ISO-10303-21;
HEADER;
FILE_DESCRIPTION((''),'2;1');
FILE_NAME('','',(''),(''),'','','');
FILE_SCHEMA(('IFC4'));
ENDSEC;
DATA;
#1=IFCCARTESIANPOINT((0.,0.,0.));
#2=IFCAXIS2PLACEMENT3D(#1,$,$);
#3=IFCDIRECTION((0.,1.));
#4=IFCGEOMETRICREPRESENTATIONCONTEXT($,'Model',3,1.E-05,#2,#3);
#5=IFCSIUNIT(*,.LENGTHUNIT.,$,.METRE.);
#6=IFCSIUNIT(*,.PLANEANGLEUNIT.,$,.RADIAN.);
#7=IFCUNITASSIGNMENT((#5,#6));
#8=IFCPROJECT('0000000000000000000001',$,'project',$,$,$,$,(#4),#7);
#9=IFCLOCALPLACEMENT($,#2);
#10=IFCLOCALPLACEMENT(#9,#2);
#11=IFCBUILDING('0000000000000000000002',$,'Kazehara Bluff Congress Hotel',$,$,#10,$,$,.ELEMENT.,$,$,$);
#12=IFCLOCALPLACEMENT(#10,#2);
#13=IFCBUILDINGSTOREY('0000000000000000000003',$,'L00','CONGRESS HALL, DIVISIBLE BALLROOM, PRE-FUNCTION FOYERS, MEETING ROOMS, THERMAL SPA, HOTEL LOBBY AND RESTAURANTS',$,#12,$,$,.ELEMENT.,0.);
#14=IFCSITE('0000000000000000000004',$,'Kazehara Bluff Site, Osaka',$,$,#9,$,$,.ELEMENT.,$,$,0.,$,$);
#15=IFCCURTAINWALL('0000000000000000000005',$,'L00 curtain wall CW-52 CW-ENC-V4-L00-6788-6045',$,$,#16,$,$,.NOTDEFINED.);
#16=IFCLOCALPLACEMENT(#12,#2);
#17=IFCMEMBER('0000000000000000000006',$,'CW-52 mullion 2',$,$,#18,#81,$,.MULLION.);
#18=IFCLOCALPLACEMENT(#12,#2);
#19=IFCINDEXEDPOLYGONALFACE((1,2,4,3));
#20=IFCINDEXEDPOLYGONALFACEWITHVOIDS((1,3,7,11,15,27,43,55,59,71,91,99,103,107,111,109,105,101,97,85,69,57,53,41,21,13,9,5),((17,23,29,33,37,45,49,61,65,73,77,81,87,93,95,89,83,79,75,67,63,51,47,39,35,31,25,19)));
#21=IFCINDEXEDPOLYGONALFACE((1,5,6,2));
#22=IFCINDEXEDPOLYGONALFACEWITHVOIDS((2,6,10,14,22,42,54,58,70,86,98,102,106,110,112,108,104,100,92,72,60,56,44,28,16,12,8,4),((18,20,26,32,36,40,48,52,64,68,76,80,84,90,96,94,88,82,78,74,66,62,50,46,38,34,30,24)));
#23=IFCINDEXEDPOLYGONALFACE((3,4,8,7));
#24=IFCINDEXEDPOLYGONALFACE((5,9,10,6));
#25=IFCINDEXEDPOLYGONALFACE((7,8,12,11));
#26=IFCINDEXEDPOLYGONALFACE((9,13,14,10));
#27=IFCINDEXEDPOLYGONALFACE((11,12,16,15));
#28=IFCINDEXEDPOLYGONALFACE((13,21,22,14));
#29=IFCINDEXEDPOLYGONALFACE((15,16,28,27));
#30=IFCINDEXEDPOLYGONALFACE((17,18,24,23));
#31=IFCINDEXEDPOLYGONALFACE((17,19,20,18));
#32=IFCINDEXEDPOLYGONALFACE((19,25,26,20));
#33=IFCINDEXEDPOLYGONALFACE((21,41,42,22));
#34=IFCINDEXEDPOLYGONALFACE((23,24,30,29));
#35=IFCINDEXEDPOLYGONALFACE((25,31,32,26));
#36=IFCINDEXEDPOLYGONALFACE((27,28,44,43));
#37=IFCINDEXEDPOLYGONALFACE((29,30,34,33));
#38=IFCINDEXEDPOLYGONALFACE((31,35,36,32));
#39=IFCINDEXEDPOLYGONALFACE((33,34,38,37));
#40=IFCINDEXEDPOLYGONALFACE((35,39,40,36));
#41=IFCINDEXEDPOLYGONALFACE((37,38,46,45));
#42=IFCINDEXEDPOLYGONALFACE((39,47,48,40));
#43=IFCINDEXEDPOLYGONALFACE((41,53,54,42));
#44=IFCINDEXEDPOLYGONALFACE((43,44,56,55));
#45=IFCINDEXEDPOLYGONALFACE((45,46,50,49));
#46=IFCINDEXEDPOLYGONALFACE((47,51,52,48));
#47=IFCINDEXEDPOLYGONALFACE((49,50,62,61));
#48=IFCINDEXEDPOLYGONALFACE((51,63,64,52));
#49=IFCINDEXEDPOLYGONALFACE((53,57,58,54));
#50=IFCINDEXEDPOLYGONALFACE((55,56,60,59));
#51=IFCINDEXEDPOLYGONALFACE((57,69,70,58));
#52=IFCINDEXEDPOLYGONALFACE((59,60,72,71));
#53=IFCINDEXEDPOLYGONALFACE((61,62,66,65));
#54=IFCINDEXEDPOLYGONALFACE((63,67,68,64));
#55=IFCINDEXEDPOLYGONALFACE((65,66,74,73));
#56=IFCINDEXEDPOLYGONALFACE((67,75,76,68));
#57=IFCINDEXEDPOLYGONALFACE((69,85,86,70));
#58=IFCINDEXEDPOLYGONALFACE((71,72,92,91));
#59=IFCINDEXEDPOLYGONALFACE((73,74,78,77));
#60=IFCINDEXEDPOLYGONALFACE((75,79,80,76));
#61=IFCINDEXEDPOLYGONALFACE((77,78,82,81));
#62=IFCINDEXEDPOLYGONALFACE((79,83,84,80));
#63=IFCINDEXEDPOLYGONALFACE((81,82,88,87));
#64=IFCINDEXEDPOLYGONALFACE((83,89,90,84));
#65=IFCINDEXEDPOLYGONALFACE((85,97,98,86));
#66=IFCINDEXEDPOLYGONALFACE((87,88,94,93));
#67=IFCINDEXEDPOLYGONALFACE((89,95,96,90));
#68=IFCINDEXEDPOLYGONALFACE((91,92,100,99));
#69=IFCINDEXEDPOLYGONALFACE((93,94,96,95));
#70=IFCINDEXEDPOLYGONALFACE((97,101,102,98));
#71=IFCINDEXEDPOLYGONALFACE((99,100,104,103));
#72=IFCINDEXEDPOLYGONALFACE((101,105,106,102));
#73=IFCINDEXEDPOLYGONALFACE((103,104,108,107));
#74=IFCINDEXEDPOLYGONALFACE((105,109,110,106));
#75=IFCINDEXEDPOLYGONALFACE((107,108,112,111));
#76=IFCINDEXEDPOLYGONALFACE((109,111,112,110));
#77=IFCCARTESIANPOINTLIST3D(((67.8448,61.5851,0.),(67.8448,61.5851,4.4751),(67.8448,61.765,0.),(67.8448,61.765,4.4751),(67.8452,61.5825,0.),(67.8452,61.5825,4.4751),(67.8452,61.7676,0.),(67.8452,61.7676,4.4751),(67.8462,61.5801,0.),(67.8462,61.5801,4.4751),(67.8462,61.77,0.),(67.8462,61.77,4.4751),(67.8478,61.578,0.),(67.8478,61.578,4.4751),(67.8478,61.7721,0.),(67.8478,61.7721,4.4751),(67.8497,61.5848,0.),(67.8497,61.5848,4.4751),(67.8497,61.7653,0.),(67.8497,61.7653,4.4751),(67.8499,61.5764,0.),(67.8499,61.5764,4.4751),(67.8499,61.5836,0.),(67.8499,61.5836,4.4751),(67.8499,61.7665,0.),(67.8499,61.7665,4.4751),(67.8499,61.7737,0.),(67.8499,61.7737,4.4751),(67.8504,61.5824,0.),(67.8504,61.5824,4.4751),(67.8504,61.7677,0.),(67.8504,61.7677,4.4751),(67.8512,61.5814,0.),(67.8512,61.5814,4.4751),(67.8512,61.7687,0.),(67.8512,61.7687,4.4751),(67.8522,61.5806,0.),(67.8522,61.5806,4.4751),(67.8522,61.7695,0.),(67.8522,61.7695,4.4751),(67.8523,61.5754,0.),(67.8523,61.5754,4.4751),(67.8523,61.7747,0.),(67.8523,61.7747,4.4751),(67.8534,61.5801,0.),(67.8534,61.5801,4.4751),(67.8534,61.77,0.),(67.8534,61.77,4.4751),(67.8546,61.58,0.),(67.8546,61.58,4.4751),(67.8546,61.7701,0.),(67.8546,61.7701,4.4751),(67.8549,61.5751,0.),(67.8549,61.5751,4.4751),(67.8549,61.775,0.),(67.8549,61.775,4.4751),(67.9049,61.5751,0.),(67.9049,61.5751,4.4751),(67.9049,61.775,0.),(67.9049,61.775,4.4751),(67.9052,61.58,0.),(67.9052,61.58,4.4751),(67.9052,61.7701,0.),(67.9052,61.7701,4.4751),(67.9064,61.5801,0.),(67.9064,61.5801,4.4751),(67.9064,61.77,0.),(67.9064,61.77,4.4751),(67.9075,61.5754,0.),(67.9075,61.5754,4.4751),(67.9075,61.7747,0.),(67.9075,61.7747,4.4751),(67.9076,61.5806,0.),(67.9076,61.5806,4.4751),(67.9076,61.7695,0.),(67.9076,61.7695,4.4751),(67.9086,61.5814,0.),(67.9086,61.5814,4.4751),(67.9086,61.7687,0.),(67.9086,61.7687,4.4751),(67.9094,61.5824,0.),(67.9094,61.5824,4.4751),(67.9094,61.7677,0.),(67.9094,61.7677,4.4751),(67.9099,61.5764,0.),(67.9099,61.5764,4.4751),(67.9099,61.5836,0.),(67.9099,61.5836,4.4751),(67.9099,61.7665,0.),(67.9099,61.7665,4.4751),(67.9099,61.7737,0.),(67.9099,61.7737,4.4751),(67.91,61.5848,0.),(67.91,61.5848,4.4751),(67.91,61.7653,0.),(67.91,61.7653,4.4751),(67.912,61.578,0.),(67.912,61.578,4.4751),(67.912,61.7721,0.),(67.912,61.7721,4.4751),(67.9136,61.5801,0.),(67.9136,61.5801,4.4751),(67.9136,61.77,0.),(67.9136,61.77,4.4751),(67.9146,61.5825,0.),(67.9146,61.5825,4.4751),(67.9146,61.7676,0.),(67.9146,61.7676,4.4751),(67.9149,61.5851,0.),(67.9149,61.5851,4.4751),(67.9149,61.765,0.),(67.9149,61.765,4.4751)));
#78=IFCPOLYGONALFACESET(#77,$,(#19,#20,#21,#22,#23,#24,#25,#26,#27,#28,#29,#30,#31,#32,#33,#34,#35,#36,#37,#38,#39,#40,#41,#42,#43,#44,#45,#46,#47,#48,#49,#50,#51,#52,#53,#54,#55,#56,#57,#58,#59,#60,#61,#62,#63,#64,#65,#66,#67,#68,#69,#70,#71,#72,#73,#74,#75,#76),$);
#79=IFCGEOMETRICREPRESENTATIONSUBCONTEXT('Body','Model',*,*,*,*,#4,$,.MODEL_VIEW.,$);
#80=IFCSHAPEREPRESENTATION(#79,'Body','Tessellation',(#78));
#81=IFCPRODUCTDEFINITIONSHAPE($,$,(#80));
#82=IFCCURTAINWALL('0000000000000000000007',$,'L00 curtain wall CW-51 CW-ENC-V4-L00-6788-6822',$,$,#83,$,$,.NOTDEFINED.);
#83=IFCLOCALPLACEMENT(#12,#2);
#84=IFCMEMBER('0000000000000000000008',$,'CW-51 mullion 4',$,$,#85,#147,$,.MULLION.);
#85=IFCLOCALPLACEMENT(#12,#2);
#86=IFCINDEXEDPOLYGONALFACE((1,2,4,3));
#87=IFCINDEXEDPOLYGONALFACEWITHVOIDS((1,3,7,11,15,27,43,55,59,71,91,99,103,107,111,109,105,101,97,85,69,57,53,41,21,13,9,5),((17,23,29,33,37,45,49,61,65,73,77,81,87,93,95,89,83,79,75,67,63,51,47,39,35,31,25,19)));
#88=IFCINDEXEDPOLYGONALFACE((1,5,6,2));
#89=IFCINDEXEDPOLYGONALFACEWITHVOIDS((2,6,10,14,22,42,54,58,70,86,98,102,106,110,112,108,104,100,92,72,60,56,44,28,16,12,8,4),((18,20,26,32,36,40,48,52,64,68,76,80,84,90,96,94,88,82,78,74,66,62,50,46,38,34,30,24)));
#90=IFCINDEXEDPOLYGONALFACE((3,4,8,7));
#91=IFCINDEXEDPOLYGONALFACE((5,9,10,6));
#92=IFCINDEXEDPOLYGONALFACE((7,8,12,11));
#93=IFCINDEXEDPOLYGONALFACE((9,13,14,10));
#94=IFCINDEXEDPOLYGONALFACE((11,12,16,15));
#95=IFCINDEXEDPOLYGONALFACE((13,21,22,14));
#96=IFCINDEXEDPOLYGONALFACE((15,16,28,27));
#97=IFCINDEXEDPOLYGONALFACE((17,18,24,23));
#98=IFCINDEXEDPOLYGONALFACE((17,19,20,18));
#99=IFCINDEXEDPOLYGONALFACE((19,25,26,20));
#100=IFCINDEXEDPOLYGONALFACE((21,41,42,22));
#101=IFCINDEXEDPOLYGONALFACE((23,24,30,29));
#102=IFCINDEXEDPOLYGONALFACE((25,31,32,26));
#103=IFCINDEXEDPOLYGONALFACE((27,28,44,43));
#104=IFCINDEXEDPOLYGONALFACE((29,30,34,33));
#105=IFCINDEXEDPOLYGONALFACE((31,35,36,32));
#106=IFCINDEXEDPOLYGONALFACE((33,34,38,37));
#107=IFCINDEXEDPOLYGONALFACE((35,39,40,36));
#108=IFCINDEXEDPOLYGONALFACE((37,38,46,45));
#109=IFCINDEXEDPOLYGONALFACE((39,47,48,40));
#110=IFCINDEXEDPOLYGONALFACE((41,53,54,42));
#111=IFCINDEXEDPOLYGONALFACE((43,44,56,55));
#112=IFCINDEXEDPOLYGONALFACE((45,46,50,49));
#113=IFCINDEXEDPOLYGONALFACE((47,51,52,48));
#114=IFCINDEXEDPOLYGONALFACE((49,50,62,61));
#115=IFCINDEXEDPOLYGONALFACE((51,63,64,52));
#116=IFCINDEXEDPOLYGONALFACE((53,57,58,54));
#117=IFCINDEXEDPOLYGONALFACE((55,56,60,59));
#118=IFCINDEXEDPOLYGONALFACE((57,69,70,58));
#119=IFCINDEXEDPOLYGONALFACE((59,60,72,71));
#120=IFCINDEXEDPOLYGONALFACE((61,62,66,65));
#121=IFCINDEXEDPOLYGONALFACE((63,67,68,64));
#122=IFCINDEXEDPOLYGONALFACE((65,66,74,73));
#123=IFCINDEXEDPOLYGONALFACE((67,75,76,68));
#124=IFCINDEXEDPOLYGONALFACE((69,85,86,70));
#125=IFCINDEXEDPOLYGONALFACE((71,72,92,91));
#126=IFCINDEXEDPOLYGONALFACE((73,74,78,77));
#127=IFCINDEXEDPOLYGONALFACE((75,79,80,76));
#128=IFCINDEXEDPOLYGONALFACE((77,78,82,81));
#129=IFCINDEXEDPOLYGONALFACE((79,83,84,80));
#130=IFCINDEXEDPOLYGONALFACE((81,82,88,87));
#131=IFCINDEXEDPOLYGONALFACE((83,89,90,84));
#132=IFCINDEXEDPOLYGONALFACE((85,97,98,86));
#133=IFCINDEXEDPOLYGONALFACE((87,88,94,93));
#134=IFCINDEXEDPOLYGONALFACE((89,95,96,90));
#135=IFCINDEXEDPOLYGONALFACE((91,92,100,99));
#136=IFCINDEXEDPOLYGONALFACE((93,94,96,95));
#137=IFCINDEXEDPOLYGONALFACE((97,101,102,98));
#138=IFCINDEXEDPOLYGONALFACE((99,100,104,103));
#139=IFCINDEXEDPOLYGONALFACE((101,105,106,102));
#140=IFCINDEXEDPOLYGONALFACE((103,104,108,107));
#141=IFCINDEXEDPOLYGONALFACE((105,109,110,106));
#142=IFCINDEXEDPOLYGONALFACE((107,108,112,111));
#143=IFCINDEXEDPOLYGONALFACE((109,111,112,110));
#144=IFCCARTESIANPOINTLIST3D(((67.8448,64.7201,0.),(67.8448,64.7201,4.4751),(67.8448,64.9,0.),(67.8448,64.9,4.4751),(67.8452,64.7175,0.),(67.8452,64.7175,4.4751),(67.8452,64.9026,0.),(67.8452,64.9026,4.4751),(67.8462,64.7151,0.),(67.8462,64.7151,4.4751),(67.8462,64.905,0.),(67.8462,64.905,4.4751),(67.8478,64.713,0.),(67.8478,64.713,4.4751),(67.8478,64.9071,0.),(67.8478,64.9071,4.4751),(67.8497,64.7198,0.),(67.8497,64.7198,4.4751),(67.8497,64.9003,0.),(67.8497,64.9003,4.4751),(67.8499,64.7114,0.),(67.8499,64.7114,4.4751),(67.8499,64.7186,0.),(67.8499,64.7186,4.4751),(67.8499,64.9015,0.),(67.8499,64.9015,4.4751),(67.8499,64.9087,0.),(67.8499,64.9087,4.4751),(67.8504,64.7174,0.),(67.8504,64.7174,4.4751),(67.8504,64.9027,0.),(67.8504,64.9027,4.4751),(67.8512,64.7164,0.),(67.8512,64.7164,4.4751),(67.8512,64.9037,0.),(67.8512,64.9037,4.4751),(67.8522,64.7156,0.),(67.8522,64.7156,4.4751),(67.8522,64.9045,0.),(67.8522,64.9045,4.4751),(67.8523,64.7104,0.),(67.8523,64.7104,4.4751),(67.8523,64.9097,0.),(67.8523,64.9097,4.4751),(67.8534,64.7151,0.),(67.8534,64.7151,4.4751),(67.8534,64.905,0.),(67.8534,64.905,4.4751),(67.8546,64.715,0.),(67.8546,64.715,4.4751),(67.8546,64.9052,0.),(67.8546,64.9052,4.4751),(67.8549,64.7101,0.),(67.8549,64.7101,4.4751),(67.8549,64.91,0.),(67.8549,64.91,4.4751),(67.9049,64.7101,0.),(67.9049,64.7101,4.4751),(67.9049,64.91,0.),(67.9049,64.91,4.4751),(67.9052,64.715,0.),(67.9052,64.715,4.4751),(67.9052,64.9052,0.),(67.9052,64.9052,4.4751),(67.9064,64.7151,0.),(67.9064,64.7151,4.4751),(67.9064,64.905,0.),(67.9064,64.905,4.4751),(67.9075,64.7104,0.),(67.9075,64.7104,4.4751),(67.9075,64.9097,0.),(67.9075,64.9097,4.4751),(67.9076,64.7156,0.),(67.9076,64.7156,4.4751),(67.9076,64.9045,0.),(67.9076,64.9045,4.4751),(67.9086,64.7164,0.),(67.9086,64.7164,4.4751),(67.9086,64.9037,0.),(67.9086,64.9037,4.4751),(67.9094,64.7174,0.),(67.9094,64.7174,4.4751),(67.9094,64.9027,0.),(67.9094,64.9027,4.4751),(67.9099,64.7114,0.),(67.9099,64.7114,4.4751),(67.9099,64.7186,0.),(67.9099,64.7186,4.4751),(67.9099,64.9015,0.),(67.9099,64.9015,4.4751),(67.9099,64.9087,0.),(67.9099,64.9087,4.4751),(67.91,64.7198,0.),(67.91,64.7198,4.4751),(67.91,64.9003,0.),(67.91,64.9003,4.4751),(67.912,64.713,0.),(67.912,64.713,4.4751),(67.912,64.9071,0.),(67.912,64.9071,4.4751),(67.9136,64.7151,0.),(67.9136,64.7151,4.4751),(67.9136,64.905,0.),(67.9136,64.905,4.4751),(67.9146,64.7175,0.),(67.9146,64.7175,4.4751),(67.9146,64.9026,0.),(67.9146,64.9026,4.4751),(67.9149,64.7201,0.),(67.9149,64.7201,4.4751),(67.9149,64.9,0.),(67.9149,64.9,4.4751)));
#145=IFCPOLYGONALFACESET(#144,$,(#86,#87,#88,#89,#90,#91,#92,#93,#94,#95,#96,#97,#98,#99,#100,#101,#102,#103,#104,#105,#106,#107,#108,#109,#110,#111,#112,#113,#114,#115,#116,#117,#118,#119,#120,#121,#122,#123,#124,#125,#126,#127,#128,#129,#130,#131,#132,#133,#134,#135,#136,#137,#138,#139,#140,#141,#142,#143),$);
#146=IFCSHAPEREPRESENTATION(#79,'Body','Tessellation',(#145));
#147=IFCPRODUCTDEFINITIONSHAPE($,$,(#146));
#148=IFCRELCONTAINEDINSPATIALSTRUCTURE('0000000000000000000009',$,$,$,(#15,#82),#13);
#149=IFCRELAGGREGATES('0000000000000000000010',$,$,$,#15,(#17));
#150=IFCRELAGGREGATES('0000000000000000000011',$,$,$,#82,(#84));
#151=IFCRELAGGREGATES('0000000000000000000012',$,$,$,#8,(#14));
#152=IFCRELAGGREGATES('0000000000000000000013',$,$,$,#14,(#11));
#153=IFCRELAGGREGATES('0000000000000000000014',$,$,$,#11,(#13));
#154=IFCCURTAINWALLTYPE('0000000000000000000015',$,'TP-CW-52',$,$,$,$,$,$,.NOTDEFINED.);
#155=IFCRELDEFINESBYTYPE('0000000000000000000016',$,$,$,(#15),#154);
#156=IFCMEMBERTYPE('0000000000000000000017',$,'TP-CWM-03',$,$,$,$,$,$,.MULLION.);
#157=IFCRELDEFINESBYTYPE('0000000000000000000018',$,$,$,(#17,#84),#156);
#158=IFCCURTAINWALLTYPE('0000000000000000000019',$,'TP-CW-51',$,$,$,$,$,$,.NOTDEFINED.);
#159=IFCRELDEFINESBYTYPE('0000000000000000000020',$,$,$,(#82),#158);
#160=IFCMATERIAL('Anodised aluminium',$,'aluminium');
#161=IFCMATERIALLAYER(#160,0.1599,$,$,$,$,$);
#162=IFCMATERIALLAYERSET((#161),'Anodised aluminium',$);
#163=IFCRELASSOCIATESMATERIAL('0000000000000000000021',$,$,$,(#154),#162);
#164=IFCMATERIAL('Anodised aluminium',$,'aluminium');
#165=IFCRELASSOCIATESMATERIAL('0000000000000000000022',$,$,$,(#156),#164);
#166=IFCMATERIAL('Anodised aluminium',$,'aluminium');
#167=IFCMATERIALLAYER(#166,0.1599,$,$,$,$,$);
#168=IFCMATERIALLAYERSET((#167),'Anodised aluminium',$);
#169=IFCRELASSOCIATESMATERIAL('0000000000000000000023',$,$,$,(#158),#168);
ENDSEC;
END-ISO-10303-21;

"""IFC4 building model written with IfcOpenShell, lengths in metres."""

from ifc_helpers import new_model, si_unit, direction, frame, origin, origin_2d, place, context, subcontext, project, spatial, hollow_rectangle, extrude, material, layer, layer_set, material_profile, profile_set, type_object, element, aggregate, save


model = new_model("IFC4")

# Units and contexts
model_context = context("Model", 3, precision=1e-05, world=origin(), true_north=direction((0.0, 1.0)))
body_context = subcontext(model_context, "Body", "Model", "MODEL_VIEW")
ifc_project = project(units=[si_unit("LENGTHUNIT", "METRE"), si_unit("PLANEANGLEUNIT", "RADIAN")], contexts=[model_context])

# Site, building, storey
site_placement = place(None, origin())
site = spatial("IfcSite", under=ifc_project, at=site_placement, Name="Kazehara Bluff Site, Osaka", CompositionType="ELEMENT", RefElevation=0.0)
building_placement = place(site_placement, origin())
building = spatial("IfcBuilding", under=site, at=building_placement, Name="Kazehara Bluff Congress Hotel", CompositionType="ELEMENT")
storey_placement = place(building_placement, origin())
storey = spatial("IfcBuildingStorey", under=building, at=storey_placement, Name="L00", Description="CONGRESS HALL, DIVISIBLE BALLROOM, PRE-FUNCTION FOYERS, MEETING ROOMS, THERMAL SPA, HOTEL LOBBY AND RESTAURANTS", CompositionType="ELEMENT", Elevation=0.0)

# Curtain wall, member
ifc_material_1 = material(Name="Anodised aluminium", Category="aluminium")
ifc_layer_1 = layer(ifc_material_1, 0.1599)
ifc_layer_set_1 = layer_set([ifc_layer_1], Name="Anodised aluminium")
curtain_wall_type_1 = type_object("IfcCurtainWallType", Name="TP-CW-52", PredefinedType="NOTDEFINED", material=ifc_layer_set_1)
curtain_wall_1_placement = place(storey_placement, origin())
curtain_wall_1 = element("IfcCurtainWall", 1, at=curtain_wall_1_placement, inside=storey, type_object=curtain_wall_type_1, Name="L00 curtain wall CW-52 CW-ENC-V4-L00-6788-6045", PredefinedType="NOTDEFINED")
ifc_material_2 = material(Name="Anodised aluminium", Category="aluminium")
ifc_material_profile_1 = material_profile(ifc_material_2, hollow_rectangle(XDim=0.0701, YDim=0.2, WallThickness=0.0049, InnerFilletRadius=0.0049, OuterFilletRadius=0.01, at=origin_2d()))
ifc_profile_set_1 = profile_set([ifc_material_profile_1], Name="Anodised aluminium")
member_type_1 = type_object("IfcMemberType", Name="TP-CWM-03", PredefinedType="MULLION", material=ifc_profile_set_1)
member_1_placement = place(storey_placement, frame((67.8799, 61.675, 0.0), z_axis=(0.0, 0.0, 1.0), x_axis=(1.0, 0.0, 0.0)))
member_1 = element("IfcMember", 2, at=member_1_placement, type_object=member_type_1, Name="CW-52 mullion 2", PredefinedType="MULLION", context=body_context, shape_type="SweptSolid", body=[
    extrude(hollow_rectangle(XDim=0.0701, YDim=0.2, WallThickness=0.0049, InnerFilletRadius=0.0049, OuterFilletRadius=0.01, at=origin_2d()), origin(), (0.0, 0.0, 1.0), 4.4751),
])

# Curtain wall, member
ifc_material_3 = material(Name="Anodised aluminium", Category="aluminium")
ifc_layer_2 = layer(ifc_material_3, 0.1599)
ifc_layer_set_2 = layer_set([ifc_layer_2], Name="Anodised aluminium")
curtain_wall_type_2 = type_object("IfcCurtainWallType", Name="TP-CW-51", PredefinedType="NOTDEFINED", material=ifc_layer_set_2)
curtain_wall_2_placement = place(storey_placement, origin())
curtain_wall_2 = element("IfcCurtainWall", 3, at=curtain_wall_2_placement, inside=storey, type_object=curtain_wall_type_2, Name="L00 curtain wall CW-51 CW-ENC-V4-L00-6788-6822", PredefinedType="NOTDEFINED")
member_2_placement = place(storey_placement, frame((67.8799, 64.8101, 0.0), z_axis=(0.0, 0.0, 1.0), x_axis=(1.0, 0.0, 0.0)))
member_2 = element("IfcMember", 4, at=member_2_placement, type_object=member_type_1, Name="CW-51 mullion 4", PredefinedType="MULLION", context=body_context, shape_type="SweptSolid", body=[
    extrude(hollow_rectangle(XDim=0.0701, YDim=0.2, WallThickness=0.0049, InnerFilletRadius=0.0049, OuterFilletRadius=0.01, at=origin_2d()), origin(), (0.0, 0.0, 1.0), 4.4751),
])

aggregate(curtain_wall_1, [member_1])
aggregate(curtain_wall_2, [member_2])

save(model, "model.ifc")
